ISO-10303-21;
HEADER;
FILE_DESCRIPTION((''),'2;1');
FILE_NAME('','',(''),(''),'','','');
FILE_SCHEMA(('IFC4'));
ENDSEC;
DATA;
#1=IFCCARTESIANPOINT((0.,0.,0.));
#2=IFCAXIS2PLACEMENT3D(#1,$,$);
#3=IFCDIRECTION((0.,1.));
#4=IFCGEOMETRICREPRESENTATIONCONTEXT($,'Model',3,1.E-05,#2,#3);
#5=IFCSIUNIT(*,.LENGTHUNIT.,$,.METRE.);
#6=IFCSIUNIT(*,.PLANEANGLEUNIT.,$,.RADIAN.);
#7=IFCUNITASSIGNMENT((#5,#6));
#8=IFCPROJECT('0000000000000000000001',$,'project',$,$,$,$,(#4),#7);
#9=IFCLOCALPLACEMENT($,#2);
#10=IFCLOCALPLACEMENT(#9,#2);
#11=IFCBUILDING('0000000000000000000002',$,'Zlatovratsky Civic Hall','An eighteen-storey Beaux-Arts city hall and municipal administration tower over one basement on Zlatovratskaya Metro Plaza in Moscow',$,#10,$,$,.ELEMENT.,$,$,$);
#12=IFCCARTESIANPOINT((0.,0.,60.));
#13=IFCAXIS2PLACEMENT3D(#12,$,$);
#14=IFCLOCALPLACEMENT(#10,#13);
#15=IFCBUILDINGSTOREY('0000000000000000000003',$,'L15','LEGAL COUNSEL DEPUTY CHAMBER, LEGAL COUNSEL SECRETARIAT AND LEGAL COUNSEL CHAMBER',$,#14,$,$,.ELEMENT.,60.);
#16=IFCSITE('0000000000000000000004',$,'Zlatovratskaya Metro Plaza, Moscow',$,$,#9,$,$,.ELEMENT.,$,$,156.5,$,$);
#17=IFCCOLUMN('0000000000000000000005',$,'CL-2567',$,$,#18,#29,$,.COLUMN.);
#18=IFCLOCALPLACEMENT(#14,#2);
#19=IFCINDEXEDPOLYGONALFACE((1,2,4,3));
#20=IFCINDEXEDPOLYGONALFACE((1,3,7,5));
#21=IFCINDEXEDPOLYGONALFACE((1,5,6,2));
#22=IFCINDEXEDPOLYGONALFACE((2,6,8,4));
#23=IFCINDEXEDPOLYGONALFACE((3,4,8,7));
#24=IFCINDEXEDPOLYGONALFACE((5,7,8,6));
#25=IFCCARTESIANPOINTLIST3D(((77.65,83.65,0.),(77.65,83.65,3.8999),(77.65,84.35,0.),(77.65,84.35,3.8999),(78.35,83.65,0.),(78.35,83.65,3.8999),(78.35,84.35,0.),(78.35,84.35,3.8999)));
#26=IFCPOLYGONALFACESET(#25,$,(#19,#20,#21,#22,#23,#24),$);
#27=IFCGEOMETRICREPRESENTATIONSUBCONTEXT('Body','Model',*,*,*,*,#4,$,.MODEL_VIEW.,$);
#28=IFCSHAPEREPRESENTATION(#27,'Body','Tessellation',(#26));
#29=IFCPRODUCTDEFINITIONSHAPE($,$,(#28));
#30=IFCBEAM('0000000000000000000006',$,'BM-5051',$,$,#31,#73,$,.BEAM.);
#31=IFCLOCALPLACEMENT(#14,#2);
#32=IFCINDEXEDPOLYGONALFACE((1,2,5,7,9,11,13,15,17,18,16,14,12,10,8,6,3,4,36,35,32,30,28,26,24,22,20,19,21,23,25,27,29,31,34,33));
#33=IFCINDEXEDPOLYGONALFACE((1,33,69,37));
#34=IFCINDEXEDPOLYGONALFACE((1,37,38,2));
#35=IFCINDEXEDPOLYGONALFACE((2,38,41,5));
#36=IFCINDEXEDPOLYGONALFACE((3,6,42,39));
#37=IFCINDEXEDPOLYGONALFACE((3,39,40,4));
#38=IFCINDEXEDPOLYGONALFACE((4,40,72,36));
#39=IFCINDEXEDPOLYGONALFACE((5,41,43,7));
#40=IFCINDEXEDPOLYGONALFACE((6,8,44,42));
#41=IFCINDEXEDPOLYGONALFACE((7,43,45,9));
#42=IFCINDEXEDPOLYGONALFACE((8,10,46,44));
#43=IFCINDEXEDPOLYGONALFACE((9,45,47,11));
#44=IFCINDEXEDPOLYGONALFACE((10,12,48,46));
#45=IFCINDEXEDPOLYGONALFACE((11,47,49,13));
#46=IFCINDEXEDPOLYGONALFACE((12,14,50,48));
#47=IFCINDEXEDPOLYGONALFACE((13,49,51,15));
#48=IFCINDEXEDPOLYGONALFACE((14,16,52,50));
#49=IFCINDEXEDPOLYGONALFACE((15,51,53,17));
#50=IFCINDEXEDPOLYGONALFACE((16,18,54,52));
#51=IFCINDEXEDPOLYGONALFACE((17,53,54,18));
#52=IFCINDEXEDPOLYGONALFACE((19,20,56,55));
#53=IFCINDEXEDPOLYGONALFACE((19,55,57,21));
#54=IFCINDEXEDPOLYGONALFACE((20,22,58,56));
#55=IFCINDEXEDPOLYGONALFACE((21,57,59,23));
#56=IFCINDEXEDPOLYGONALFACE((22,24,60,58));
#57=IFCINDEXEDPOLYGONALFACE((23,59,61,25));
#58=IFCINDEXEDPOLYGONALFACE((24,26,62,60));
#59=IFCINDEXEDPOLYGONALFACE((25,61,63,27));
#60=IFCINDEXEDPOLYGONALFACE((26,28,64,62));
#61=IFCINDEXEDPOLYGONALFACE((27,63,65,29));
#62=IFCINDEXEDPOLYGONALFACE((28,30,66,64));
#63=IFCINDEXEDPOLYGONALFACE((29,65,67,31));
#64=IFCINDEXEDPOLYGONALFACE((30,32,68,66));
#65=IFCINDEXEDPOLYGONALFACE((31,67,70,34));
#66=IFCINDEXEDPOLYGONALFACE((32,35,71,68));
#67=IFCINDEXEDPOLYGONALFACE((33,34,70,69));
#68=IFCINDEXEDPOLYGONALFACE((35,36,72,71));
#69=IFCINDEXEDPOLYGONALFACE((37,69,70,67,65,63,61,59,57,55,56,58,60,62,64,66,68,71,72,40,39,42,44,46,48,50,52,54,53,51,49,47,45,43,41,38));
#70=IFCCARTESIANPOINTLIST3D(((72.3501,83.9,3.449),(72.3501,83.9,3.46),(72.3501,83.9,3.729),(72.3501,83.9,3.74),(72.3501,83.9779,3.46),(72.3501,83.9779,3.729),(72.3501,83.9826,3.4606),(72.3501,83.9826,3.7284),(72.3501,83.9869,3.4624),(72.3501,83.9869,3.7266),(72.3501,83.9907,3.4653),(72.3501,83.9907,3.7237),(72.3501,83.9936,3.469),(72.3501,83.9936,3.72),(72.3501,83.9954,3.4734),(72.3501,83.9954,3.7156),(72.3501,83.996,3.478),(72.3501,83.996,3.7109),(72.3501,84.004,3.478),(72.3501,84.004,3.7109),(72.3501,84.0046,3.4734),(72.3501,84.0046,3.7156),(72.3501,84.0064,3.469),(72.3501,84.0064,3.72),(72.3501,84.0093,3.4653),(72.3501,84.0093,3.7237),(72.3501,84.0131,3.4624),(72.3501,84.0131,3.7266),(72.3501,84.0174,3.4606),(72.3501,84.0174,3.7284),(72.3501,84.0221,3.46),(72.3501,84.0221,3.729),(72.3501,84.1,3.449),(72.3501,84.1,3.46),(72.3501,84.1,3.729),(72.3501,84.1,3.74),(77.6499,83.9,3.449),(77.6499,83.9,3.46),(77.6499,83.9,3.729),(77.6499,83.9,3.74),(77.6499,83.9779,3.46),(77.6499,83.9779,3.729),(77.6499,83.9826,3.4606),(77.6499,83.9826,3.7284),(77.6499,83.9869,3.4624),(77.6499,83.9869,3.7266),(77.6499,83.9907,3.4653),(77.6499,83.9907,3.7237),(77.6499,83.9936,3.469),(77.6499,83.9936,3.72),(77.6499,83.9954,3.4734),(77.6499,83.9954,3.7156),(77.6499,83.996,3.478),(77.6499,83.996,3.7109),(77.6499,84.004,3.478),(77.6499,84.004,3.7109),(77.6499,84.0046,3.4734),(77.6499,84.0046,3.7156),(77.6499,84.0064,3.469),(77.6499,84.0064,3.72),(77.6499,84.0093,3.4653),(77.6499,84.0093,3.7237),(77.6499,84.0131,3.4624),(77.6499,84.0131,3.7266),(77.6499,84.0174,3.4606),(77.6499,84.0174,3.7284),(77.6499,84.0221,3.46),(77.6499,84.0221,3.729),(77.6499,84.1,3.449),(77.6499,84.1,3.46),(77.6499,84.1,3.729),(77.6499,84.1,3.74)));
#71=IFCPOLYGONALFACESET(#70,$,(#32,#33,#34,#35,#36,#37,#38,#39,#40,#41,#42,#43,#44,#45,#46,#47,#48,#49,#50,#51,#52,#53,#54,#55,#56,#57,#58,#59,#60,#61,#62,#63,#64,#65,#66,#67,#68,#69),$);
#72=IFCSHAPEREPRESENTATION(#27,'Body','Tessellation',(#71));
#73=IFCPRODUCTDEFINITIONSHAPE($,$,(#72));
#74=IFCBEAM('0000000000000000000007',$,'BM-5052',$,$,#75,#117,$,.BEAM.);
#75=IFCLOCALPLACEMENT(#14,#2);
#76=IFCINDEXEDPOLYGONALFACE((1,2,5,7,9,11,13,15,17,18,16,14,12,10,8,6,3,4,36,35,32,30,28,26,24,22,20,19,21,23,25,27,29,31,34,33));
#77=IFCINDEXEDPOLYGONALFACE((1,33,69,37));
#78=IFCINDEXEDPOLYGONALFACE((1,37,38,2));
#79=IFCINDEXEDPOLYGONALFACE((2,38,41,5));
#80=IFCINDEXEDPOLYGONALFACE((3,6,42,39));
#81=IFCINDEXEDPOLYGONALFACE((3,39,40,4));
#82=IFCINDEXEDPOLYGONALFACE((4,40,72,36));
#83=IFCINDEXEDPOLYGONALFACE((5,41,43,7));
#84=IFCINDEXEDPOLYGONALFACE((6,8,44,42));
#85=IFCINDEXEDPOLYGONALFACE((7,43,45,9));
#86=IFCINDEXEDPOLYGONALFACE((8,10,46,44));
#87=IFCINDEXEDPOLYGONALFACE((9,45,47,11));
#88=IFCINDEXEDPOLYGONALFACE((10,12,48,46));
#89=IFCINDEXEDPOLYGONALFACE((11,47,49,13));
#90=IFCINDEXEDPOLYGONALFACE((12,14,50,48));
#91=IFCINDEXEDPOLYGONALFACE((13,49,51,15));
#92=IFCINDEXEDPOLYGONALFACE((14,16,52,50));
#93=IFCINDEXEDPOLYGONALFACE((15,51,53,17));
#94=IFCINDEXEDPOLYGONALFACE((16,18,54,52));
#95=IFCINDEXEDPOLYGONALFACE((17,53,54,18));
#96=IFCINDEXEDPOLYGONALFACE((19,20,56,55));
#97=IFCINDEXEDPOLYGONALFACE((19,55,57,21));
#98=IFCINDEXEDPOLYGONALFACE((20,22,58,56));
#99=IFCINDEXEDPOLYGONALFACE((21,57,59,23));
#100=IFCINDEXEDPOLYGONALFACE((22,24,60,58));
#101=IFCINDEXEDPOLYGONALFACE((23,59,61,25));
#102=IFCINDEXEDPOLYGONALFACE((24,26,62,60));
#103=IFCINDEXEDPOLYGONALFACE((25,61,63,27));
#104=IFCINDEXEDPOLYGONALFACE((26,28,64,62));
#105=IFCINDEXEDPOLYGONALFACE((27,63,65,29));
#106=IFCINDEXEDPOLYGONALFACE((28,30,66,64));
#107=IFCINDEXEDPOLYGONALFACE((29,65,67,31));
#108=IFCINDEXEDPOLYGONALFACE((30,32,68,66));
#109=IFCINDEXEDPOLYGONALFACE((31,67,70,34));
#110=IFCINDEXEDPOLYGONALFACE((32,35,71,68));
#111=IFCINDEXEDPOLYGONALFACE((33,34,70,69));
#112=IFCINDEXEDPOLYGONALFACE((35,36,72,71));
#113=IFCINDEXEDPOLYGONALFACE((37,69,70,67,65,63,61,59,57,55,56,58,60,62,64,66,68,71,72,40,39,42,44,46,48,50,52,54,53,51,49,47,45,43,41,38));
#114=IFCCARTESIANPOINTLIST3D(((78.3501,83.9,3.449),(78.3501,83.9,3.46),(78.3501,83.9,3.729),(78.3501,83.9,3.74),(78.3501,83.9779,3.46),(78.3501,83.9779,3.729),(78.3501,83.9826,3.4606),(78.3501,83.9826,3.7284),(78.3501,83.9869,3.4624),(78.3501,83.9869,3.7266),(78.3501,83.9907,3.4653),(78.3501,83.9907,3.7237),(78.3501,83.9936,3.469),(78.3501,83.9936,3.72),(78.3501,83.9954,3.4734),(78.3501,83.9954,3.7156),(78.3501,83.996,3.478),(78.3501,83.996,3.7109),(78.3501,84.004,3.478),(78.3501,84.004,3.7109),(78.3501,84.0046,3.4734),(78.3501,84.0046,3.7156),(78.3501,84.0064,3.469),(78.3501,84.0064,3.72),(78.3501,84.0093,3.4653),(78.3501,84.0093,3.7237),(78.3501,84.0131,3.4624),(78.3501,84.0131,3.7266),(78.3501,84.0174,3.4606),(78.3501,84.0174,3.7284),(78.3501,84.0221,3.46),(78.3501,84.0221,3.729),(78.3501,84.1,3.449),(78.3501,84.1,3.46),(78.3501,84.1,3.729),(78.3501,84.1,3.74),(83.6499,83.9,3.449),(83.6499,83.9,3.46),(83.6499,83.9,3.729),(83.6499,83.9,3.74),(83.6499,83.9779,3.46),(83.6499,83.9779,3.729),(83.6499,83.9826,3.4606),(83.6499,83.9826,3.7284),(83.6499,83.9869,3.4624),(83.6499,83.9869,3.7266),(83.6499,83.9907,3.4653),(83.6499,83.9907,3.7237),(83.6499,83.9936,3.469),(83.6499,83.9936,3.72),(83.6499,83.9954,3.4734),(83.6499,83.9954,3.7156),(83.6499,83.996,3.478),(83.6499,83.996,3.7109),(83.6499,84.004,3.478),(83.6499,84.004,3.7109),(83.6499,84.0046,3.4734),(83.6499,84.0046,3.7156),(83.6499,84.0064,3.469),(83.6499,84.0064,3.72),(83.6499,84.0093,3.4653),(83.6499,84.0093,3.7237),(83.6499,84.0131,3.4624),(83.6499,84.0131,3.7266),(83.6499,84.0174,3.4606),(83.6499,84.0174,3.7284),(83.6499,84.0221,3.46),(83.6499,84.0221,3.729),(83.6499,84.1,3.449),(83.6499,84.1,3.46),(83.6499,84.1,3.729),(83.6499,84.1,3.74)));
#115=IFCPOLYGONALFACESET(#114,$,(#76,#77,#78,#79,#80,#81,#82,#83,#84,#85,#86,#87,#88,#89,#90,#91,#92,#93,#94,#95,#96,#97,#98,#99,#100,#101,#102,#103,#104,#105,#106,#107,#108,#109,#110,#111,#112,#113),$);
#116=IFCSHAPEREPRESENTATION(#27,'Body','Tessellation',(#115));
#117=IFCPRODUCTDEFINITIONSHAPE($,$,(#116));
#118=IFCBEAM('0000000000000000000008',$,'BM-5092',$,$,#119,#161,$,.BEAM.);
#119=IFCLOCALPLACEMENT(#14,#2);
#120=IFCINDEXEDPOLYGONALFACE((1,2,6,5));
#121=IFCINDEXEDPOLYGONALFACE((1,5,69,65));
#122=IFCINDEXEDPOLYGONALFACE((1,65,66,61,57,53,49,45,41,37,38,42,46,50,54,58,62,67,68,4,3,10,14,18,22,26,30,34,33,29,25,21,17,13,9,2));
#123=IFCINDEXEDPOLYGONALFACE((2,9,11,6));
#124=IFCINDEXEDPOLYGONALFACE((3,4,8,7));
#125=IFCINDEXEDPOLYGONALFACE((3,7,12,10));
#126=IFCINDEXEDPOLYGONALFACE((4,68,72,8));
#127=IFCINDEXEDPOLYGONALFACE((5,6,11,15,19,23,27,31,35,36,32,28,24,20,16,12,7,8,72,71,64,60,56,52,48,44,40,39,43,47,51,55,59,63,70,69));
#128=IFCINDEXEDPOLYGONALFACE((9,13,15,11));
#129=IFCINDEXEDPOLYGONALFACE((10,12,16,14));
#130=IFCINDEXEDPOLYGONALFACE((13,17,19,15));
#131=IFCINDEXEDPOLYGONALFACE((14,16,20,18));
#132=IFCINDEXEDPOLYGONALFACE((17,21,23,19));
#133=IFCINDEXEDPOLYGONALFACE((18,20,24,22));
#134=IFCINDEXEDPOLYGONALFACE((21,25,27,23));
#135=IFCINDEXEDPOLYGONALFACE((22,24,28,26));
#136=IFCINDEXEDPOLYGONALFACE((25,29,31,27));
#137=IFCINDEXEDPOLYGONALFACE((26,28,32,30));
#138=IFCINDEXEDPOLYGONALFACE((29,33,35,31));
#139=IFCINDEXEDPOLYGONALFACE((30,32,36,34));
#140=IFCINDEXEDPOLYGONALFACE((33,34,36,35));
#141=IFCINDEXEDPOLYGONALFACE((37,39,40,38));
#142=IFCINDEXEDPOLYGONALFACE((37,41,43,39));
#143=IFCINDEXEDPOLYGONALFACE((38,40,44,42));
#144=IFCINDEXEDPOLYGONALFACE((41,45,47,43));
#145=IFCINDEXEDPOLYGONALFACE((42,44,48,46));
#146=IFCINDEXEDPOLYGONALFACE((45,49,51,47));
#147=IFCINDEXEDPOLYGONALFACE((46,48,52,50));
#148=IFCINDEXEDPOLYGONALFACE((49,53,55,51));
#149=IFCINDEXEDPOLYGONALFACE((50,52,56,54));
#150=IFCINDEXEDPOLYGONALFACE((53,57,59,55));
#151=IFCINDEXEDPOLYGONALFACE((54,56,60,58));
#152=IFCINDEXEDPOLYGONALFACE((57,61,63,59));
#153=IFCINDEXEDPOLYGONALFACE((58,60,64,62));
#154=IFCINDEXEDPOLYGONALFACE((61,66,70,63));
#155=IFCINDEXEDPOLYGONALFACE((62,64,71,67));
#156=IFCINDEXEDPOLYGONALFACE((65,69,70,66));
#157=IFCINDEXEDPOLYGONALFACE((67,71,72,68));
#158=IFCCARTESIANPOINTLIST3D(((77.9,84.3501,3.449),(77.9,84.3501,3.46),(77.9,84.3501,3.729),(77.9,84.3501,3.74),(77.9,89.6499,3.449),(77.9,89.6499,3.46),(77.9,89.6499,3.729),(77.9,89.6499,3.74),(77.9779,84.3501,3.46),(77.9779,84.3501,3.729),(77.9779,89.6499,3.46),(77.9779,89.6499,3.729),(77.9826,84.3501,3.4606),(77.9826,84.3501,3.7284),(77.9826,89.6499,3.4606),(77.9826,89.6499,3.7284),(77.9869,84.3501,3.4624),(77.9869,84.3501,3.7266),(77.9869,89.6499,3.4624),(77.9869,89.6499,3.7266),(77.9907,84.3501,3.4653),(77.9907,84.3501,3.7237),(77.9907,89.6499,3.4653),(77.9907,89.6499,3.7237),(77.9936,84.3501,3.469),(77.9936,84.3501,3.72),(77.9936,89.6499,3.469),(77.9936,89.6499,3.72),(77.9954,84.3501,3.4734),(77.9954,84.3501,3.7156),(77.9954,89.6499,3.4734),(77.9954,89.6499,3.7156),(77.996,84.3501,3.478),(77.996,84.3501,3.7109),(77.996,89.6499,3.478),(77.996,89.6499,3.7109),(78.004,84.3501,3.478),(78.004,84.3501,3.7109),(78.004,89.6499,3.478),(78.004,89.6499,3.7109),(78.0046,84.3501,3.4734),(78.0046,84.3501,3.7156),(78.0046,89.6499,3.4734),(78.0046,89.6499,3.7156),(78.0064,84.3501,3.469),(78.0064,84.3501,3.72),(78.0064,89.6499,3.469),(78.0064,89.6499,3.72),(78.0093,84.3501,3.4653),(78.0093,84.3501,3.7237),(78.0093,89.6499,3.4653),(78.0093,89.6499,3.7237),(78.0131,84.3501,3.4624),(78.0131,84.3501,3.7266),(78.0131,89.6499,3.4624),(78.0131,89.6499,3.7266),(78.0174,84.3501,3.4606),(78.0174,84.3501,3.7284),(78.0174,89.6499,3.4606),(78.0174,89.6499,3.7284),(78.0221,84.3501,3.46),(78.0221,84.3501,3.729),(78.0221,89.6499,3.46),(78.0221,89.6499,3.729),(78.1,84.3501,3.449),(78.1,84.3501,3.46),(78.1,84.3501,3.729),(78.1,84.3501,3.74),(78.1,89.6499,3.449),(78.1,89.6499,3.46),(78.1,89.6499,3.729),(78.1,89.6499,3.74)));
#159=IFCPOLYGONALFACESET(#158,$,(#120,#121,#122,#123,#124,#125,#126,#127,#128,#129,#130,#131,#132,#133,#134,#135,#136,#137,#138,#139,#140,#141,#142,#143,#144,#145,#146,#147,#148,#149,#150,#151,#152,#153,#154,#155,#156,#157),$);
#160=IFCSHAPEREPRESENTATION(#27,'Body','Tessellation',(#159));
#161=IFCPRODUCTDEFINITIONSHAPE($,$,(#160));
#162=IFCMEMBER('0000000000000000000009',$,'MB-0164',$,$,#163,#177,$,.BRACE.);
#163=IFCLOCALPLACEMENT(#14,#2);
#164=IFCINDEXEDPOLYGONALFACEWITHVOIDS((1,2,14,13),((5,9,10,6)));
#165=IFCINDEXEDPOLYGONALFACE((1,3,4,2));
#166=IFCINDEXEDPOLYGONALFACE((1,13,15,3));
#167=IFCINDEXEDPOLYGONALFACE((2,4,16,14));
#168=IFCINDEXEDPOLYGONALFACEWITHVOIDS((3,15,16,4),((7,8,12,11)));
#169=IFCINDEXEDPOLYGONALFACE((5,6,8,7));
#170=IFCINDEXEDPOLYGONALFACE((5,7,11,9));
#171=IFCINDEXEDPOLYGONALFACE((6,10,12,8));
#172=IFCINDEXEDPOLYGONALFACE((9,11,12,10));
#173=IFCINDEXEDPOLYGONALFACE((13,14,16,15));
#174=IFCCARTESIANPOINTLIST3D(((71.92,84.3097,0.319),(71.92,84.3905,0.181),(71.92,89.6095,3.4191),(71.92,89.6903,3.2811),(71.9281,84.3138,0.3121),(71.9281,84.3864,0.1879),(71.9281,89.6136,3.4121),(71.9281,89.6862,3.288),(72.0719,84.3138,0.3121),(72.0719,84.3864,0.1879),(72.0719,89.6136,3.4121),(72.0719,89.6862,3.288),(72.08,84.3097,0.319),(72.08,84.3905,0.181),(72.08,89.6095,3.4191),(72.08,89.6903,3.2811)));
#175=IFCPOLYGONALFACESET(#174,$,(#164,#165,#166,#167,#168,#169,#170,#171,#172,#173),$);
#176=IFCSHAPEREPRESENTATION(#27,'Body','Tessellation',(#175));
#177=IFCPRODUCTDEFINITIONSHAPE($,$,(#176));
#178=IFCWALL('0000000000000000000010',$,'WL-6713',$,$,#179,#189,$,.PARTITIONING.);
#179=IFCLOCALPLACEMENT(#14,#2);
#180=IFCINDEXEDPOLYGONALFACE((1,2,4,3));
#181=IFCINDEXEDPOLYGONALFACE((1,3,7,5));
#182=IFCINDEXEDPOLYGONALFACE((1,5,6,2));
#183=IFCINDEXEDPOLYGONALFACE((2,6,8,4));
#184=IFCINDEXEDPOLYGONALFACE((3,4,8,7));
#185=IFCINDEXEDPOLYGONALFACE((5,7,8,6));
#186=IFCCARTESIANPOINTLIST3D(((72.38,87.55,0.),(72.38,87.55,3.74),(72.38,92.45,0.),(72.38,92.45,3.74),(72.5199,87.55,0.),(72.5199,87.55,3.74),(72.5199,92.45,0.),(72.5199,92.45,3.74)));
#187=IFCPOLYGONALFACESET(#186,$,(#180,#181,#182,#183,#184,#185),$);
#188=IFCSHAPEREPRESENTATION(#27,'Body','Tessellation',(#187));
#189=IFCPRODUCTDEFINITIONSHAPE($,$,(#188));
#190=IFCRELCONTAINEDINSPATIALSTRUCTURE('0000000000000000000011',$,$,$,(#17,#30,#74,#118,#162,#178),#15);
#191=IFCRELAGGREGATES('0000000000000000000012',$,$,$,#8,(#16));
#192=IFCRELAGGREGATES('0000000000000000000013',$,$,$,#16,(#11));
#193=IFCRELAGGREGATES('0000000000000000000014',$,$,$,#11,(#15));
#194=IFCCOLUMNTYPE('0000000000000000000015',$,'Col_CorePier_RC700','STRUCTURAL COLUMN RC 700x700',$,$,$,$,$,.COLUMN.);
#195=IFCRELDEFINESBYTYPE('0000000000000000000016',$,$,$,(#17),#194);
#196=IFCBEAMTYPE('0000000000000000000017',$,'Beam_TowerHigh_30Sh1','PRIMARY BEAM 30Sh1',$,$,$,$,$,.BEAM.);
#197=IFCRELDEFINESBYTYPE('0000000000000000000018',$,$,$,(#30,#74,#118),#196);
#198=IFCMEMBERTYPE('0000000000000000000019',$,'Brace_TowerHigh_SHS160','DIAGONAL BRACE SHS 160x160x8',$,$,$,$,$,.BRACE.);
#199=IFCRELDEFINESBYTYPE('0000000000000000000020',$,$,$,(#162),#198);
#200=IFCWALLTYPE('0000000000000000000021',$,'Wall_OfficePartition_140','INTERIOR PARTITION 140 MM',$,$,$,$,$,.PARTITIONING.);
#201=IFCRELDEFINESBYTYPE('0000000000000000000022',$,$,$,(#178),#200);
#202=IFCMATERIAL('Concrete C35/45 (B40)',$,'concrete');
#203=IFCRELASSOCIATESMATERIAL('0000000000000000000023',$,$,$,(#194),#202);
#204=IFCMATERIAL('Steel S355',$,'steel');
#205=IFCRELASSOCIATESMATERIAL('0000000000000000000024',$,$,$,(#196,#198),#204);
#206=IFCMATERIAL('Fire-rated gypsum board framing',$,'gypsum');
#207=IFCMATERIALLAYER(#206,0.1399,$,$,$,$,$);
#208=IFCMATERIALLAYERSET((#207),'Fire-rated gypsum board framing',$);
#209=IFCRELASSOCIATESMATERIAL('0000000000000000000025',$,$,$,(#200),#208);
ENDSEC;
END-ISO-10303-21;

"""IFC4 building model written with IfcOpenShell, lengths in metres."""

from ifc_helpers import new_model, si_unit, direction, frame, frame_2d, origin, origin_2d, place, context, subcontext, project, spatial, rectangle, hollow_rectangle, i_section, extrude, material, layer, layer_set, material_profile, profile_set, type_object, element, save


model = new_model("IFC4")

# Units and contexts
model_context = context("Model", 3, precision=1e-05, world=origin(), true_north=direction((0.0, 1.0)))
body_context = subcontext(model_context, "Body", "Model", "MODEL_VIEW")
ifc_project = project(units=[si_unit("LENGTHUNIT", "METRE"), si_unit("PLANEANGLEUNIT", "RADIAN")], contexts=[model_context])

# Site, building, storey
site_placement = place(None, origin())
site = spatial("IfcSite", under=ifc_project, at=site_placement, Name="Zlatovratskaya Metro Plaza, Moscow", CompositionType="ELEMENT", RefElevation=156.5)
building_placement = place(site_placement, origin())
building = spatial("IfcBuilding", under=site, at=building_placement, Name="Zlatovratsky Civic Hall", Description="An eighteen-storey Beaux-Arts city hall and municipal administration tower over one basement on Zlatovratskaya Metro Plaza in Moscow", CompositionType="ELEMENT")
storey_placement = place(building_placement, frame((0.0, 0.0, 60.0)))
storey = spatial("IfcBuildingStorey", under=building, at=storey_placement, Name="L15", Description="LEGAL COUNSEL DEPUTY CHAMBER, LEGAL COUNSEL SECRETARIAT AND LEGAL COUNSEL CHAMBER", CompositionType="ELEMENT", Elevation=60.0)

# Column
ifc_material_1 = material(Name="Concrete C35/45 (B40)", Category="concrete")
ifc_material_profile_1 = material_profile(ifc_material_1, rectangle(XDim=0.7, YDim=0.7, at=origin_2d()), Name="RC 700x700")
ifc_profile_set_1 = profile_set([ifc_material_profile_1], Name="Concrete C35/45 (B40)")
column_type = type_object("IfcColumnType", Name="Col_CorePier_RC700", Description="STRUCTURAL COLUMN RC 700x700", PredefinedType="COLUMN", material=ifc_profile_set_1)
column_placement = place(storey_placement, frame((78.0, 84.0, 0.0), z_axis=(0.0, 0.0, 1.0), x_axis=(1.0, 0.0, 0.0)))
element("IfcColumn", 1, at=column_placement, inside=storey, type_object=column_type, Name="CL-2567", PredefinedType="COLUMN", context=body_context, shape_type="SweptSolid", body=[
    extrude(rectangle(XDim=0.7, YDim=0.7, at=origin_2d()), origin(), (0.0, 0.0, 1.0), 3.8999),
])

# Beams
ifc_material_2 = material(Name="Steel S355", Category="steel")
ifc_material_profile_2 = material_profile(ifc_material_2, i_section(OverallWidth=0.2, OverallDepth=0.291, WebThickness=0.0081, FlangeThickness=0.011, FilletRadius=0.0181, at=origin_2d()), Name="30Sh1")
ifc_profile_set_2 = profile_set([ifc_material_profile_2], Name="Steel S355")
beam_type = type_object("IfcBeamType", Name="Beam_TowerHigh_30Sh1", Description="PRIMARY BEAM 30Sh1", PredefinedType="BEAM", material=ifc_profile_set_2)
for number, where, z_axis, x_axis, name in (
    (2, (72.3501, 84.0, 3.5945), (1.0, 0.0, 0.0), (0.0, 1.0, 0.0), "BM-5051"),
    (3, (78.3501, 84.0, 3.5945), (1.0, 0.0, 0.0), (0.0, 1.0, 0.0), "BM-5052"),
    (4, (78.0, 84.3501, 3.5945), (0.0, 1.0, 0.0), (-1.0, 0.0, 0.0), "BM-5092"),
):
    element("IfcBeam", number, at=place(storey_placement, frame(where, z_axis=z_axis, x_axis=x_axis)), inside=storey, type_object=beam_type, Name=name, PredefinedType="BEAM", context=body_context, shape_type="SweptSolid", body=[
        extrude(i_section(OverallWidth=0.2, OverallDepth=0.291, WebThickness=0.0081, FlangeThickness=0.011, FilletRadius=0.0181, at=origin_2d()), origin(), (0.0, 0.0, 1.0), 5.2998),
    ])

# Member
ifc_material_profile_3 = material_profile(ifc_material_2, hollow_rectangle(XDim=0.1599, YDim=0.1599, WallThickness=0.0081, at=origin_2d()), Name="SHS 160x160x8")
ifc_profile_set_3 = profile_set([ifc_material_profile_3], Name="Steel S355")
member_type = type_object("IfcMemberType", Name="Brace_TowerHigh_SHS160", Description="DIAGONAL BRACE SHS 160x160x8", PredefinedType="BRACE", material=ifc_profile_set_3)
member_placement = place(storey_placement, frame((72.0, 84.3501, 0.25), z_axis=(0.0, 0.863173, 0.504909), x_axis=(-1.0, 0.0, 0.0)))
element("IfcMember", 5, at=member_placement, inside=storey, type_object=member_type, Name="MB-0164", PredefinedType="BRACE", context=body_context, shape_type="SweptSolid", body=[
    extrude(hollow_rectangle(XDim=0.1599, YDim=0.1599, WallThickness=0.0081, at=origin_2d()), origin(), (0.0, 0.0, 1.0), 6.1399),
])

# Wall
ifc_material_3 = material(Name="Fire-rated gypsum board framing", Category="gypsum")
ifc_layer_1 = layer(ifc_material_3, 0.1399)
ifc_layer_set_1 = layer_set([ifc_layer_1], Name="Fire-rated gypsum board framing")
wall_type_1 = type_object("IfcWallType", Name="Wall_OfficePartition_140", Description="INTERIOR PARTITION 140 MM", PredefinedType="PARTITIONING", material=ifc_layer_set_1)
wall_1_placement = place(storey_placement, frame((72.45, 87.55, 0.0), z_axis=(0.0, 0.0, 1.0), x_axis=(0.0, 1.0, 0.0)))
element("IfcWall", 6, at=wall_1_placement, inside=storey, type_object=wall_type_1, Name="WL-6713", PredefinedType="PARTITIONING", context=body_context, shape_type="SweptSolid", body=[
    extrude(rectangle(XDim=4.8999, YDim=0.1399, at=frame_2d((2.45, 0.0))), origin(), (0.0, 0.0, 1.0), 3.74),
])

save(model, "model.ifc")
